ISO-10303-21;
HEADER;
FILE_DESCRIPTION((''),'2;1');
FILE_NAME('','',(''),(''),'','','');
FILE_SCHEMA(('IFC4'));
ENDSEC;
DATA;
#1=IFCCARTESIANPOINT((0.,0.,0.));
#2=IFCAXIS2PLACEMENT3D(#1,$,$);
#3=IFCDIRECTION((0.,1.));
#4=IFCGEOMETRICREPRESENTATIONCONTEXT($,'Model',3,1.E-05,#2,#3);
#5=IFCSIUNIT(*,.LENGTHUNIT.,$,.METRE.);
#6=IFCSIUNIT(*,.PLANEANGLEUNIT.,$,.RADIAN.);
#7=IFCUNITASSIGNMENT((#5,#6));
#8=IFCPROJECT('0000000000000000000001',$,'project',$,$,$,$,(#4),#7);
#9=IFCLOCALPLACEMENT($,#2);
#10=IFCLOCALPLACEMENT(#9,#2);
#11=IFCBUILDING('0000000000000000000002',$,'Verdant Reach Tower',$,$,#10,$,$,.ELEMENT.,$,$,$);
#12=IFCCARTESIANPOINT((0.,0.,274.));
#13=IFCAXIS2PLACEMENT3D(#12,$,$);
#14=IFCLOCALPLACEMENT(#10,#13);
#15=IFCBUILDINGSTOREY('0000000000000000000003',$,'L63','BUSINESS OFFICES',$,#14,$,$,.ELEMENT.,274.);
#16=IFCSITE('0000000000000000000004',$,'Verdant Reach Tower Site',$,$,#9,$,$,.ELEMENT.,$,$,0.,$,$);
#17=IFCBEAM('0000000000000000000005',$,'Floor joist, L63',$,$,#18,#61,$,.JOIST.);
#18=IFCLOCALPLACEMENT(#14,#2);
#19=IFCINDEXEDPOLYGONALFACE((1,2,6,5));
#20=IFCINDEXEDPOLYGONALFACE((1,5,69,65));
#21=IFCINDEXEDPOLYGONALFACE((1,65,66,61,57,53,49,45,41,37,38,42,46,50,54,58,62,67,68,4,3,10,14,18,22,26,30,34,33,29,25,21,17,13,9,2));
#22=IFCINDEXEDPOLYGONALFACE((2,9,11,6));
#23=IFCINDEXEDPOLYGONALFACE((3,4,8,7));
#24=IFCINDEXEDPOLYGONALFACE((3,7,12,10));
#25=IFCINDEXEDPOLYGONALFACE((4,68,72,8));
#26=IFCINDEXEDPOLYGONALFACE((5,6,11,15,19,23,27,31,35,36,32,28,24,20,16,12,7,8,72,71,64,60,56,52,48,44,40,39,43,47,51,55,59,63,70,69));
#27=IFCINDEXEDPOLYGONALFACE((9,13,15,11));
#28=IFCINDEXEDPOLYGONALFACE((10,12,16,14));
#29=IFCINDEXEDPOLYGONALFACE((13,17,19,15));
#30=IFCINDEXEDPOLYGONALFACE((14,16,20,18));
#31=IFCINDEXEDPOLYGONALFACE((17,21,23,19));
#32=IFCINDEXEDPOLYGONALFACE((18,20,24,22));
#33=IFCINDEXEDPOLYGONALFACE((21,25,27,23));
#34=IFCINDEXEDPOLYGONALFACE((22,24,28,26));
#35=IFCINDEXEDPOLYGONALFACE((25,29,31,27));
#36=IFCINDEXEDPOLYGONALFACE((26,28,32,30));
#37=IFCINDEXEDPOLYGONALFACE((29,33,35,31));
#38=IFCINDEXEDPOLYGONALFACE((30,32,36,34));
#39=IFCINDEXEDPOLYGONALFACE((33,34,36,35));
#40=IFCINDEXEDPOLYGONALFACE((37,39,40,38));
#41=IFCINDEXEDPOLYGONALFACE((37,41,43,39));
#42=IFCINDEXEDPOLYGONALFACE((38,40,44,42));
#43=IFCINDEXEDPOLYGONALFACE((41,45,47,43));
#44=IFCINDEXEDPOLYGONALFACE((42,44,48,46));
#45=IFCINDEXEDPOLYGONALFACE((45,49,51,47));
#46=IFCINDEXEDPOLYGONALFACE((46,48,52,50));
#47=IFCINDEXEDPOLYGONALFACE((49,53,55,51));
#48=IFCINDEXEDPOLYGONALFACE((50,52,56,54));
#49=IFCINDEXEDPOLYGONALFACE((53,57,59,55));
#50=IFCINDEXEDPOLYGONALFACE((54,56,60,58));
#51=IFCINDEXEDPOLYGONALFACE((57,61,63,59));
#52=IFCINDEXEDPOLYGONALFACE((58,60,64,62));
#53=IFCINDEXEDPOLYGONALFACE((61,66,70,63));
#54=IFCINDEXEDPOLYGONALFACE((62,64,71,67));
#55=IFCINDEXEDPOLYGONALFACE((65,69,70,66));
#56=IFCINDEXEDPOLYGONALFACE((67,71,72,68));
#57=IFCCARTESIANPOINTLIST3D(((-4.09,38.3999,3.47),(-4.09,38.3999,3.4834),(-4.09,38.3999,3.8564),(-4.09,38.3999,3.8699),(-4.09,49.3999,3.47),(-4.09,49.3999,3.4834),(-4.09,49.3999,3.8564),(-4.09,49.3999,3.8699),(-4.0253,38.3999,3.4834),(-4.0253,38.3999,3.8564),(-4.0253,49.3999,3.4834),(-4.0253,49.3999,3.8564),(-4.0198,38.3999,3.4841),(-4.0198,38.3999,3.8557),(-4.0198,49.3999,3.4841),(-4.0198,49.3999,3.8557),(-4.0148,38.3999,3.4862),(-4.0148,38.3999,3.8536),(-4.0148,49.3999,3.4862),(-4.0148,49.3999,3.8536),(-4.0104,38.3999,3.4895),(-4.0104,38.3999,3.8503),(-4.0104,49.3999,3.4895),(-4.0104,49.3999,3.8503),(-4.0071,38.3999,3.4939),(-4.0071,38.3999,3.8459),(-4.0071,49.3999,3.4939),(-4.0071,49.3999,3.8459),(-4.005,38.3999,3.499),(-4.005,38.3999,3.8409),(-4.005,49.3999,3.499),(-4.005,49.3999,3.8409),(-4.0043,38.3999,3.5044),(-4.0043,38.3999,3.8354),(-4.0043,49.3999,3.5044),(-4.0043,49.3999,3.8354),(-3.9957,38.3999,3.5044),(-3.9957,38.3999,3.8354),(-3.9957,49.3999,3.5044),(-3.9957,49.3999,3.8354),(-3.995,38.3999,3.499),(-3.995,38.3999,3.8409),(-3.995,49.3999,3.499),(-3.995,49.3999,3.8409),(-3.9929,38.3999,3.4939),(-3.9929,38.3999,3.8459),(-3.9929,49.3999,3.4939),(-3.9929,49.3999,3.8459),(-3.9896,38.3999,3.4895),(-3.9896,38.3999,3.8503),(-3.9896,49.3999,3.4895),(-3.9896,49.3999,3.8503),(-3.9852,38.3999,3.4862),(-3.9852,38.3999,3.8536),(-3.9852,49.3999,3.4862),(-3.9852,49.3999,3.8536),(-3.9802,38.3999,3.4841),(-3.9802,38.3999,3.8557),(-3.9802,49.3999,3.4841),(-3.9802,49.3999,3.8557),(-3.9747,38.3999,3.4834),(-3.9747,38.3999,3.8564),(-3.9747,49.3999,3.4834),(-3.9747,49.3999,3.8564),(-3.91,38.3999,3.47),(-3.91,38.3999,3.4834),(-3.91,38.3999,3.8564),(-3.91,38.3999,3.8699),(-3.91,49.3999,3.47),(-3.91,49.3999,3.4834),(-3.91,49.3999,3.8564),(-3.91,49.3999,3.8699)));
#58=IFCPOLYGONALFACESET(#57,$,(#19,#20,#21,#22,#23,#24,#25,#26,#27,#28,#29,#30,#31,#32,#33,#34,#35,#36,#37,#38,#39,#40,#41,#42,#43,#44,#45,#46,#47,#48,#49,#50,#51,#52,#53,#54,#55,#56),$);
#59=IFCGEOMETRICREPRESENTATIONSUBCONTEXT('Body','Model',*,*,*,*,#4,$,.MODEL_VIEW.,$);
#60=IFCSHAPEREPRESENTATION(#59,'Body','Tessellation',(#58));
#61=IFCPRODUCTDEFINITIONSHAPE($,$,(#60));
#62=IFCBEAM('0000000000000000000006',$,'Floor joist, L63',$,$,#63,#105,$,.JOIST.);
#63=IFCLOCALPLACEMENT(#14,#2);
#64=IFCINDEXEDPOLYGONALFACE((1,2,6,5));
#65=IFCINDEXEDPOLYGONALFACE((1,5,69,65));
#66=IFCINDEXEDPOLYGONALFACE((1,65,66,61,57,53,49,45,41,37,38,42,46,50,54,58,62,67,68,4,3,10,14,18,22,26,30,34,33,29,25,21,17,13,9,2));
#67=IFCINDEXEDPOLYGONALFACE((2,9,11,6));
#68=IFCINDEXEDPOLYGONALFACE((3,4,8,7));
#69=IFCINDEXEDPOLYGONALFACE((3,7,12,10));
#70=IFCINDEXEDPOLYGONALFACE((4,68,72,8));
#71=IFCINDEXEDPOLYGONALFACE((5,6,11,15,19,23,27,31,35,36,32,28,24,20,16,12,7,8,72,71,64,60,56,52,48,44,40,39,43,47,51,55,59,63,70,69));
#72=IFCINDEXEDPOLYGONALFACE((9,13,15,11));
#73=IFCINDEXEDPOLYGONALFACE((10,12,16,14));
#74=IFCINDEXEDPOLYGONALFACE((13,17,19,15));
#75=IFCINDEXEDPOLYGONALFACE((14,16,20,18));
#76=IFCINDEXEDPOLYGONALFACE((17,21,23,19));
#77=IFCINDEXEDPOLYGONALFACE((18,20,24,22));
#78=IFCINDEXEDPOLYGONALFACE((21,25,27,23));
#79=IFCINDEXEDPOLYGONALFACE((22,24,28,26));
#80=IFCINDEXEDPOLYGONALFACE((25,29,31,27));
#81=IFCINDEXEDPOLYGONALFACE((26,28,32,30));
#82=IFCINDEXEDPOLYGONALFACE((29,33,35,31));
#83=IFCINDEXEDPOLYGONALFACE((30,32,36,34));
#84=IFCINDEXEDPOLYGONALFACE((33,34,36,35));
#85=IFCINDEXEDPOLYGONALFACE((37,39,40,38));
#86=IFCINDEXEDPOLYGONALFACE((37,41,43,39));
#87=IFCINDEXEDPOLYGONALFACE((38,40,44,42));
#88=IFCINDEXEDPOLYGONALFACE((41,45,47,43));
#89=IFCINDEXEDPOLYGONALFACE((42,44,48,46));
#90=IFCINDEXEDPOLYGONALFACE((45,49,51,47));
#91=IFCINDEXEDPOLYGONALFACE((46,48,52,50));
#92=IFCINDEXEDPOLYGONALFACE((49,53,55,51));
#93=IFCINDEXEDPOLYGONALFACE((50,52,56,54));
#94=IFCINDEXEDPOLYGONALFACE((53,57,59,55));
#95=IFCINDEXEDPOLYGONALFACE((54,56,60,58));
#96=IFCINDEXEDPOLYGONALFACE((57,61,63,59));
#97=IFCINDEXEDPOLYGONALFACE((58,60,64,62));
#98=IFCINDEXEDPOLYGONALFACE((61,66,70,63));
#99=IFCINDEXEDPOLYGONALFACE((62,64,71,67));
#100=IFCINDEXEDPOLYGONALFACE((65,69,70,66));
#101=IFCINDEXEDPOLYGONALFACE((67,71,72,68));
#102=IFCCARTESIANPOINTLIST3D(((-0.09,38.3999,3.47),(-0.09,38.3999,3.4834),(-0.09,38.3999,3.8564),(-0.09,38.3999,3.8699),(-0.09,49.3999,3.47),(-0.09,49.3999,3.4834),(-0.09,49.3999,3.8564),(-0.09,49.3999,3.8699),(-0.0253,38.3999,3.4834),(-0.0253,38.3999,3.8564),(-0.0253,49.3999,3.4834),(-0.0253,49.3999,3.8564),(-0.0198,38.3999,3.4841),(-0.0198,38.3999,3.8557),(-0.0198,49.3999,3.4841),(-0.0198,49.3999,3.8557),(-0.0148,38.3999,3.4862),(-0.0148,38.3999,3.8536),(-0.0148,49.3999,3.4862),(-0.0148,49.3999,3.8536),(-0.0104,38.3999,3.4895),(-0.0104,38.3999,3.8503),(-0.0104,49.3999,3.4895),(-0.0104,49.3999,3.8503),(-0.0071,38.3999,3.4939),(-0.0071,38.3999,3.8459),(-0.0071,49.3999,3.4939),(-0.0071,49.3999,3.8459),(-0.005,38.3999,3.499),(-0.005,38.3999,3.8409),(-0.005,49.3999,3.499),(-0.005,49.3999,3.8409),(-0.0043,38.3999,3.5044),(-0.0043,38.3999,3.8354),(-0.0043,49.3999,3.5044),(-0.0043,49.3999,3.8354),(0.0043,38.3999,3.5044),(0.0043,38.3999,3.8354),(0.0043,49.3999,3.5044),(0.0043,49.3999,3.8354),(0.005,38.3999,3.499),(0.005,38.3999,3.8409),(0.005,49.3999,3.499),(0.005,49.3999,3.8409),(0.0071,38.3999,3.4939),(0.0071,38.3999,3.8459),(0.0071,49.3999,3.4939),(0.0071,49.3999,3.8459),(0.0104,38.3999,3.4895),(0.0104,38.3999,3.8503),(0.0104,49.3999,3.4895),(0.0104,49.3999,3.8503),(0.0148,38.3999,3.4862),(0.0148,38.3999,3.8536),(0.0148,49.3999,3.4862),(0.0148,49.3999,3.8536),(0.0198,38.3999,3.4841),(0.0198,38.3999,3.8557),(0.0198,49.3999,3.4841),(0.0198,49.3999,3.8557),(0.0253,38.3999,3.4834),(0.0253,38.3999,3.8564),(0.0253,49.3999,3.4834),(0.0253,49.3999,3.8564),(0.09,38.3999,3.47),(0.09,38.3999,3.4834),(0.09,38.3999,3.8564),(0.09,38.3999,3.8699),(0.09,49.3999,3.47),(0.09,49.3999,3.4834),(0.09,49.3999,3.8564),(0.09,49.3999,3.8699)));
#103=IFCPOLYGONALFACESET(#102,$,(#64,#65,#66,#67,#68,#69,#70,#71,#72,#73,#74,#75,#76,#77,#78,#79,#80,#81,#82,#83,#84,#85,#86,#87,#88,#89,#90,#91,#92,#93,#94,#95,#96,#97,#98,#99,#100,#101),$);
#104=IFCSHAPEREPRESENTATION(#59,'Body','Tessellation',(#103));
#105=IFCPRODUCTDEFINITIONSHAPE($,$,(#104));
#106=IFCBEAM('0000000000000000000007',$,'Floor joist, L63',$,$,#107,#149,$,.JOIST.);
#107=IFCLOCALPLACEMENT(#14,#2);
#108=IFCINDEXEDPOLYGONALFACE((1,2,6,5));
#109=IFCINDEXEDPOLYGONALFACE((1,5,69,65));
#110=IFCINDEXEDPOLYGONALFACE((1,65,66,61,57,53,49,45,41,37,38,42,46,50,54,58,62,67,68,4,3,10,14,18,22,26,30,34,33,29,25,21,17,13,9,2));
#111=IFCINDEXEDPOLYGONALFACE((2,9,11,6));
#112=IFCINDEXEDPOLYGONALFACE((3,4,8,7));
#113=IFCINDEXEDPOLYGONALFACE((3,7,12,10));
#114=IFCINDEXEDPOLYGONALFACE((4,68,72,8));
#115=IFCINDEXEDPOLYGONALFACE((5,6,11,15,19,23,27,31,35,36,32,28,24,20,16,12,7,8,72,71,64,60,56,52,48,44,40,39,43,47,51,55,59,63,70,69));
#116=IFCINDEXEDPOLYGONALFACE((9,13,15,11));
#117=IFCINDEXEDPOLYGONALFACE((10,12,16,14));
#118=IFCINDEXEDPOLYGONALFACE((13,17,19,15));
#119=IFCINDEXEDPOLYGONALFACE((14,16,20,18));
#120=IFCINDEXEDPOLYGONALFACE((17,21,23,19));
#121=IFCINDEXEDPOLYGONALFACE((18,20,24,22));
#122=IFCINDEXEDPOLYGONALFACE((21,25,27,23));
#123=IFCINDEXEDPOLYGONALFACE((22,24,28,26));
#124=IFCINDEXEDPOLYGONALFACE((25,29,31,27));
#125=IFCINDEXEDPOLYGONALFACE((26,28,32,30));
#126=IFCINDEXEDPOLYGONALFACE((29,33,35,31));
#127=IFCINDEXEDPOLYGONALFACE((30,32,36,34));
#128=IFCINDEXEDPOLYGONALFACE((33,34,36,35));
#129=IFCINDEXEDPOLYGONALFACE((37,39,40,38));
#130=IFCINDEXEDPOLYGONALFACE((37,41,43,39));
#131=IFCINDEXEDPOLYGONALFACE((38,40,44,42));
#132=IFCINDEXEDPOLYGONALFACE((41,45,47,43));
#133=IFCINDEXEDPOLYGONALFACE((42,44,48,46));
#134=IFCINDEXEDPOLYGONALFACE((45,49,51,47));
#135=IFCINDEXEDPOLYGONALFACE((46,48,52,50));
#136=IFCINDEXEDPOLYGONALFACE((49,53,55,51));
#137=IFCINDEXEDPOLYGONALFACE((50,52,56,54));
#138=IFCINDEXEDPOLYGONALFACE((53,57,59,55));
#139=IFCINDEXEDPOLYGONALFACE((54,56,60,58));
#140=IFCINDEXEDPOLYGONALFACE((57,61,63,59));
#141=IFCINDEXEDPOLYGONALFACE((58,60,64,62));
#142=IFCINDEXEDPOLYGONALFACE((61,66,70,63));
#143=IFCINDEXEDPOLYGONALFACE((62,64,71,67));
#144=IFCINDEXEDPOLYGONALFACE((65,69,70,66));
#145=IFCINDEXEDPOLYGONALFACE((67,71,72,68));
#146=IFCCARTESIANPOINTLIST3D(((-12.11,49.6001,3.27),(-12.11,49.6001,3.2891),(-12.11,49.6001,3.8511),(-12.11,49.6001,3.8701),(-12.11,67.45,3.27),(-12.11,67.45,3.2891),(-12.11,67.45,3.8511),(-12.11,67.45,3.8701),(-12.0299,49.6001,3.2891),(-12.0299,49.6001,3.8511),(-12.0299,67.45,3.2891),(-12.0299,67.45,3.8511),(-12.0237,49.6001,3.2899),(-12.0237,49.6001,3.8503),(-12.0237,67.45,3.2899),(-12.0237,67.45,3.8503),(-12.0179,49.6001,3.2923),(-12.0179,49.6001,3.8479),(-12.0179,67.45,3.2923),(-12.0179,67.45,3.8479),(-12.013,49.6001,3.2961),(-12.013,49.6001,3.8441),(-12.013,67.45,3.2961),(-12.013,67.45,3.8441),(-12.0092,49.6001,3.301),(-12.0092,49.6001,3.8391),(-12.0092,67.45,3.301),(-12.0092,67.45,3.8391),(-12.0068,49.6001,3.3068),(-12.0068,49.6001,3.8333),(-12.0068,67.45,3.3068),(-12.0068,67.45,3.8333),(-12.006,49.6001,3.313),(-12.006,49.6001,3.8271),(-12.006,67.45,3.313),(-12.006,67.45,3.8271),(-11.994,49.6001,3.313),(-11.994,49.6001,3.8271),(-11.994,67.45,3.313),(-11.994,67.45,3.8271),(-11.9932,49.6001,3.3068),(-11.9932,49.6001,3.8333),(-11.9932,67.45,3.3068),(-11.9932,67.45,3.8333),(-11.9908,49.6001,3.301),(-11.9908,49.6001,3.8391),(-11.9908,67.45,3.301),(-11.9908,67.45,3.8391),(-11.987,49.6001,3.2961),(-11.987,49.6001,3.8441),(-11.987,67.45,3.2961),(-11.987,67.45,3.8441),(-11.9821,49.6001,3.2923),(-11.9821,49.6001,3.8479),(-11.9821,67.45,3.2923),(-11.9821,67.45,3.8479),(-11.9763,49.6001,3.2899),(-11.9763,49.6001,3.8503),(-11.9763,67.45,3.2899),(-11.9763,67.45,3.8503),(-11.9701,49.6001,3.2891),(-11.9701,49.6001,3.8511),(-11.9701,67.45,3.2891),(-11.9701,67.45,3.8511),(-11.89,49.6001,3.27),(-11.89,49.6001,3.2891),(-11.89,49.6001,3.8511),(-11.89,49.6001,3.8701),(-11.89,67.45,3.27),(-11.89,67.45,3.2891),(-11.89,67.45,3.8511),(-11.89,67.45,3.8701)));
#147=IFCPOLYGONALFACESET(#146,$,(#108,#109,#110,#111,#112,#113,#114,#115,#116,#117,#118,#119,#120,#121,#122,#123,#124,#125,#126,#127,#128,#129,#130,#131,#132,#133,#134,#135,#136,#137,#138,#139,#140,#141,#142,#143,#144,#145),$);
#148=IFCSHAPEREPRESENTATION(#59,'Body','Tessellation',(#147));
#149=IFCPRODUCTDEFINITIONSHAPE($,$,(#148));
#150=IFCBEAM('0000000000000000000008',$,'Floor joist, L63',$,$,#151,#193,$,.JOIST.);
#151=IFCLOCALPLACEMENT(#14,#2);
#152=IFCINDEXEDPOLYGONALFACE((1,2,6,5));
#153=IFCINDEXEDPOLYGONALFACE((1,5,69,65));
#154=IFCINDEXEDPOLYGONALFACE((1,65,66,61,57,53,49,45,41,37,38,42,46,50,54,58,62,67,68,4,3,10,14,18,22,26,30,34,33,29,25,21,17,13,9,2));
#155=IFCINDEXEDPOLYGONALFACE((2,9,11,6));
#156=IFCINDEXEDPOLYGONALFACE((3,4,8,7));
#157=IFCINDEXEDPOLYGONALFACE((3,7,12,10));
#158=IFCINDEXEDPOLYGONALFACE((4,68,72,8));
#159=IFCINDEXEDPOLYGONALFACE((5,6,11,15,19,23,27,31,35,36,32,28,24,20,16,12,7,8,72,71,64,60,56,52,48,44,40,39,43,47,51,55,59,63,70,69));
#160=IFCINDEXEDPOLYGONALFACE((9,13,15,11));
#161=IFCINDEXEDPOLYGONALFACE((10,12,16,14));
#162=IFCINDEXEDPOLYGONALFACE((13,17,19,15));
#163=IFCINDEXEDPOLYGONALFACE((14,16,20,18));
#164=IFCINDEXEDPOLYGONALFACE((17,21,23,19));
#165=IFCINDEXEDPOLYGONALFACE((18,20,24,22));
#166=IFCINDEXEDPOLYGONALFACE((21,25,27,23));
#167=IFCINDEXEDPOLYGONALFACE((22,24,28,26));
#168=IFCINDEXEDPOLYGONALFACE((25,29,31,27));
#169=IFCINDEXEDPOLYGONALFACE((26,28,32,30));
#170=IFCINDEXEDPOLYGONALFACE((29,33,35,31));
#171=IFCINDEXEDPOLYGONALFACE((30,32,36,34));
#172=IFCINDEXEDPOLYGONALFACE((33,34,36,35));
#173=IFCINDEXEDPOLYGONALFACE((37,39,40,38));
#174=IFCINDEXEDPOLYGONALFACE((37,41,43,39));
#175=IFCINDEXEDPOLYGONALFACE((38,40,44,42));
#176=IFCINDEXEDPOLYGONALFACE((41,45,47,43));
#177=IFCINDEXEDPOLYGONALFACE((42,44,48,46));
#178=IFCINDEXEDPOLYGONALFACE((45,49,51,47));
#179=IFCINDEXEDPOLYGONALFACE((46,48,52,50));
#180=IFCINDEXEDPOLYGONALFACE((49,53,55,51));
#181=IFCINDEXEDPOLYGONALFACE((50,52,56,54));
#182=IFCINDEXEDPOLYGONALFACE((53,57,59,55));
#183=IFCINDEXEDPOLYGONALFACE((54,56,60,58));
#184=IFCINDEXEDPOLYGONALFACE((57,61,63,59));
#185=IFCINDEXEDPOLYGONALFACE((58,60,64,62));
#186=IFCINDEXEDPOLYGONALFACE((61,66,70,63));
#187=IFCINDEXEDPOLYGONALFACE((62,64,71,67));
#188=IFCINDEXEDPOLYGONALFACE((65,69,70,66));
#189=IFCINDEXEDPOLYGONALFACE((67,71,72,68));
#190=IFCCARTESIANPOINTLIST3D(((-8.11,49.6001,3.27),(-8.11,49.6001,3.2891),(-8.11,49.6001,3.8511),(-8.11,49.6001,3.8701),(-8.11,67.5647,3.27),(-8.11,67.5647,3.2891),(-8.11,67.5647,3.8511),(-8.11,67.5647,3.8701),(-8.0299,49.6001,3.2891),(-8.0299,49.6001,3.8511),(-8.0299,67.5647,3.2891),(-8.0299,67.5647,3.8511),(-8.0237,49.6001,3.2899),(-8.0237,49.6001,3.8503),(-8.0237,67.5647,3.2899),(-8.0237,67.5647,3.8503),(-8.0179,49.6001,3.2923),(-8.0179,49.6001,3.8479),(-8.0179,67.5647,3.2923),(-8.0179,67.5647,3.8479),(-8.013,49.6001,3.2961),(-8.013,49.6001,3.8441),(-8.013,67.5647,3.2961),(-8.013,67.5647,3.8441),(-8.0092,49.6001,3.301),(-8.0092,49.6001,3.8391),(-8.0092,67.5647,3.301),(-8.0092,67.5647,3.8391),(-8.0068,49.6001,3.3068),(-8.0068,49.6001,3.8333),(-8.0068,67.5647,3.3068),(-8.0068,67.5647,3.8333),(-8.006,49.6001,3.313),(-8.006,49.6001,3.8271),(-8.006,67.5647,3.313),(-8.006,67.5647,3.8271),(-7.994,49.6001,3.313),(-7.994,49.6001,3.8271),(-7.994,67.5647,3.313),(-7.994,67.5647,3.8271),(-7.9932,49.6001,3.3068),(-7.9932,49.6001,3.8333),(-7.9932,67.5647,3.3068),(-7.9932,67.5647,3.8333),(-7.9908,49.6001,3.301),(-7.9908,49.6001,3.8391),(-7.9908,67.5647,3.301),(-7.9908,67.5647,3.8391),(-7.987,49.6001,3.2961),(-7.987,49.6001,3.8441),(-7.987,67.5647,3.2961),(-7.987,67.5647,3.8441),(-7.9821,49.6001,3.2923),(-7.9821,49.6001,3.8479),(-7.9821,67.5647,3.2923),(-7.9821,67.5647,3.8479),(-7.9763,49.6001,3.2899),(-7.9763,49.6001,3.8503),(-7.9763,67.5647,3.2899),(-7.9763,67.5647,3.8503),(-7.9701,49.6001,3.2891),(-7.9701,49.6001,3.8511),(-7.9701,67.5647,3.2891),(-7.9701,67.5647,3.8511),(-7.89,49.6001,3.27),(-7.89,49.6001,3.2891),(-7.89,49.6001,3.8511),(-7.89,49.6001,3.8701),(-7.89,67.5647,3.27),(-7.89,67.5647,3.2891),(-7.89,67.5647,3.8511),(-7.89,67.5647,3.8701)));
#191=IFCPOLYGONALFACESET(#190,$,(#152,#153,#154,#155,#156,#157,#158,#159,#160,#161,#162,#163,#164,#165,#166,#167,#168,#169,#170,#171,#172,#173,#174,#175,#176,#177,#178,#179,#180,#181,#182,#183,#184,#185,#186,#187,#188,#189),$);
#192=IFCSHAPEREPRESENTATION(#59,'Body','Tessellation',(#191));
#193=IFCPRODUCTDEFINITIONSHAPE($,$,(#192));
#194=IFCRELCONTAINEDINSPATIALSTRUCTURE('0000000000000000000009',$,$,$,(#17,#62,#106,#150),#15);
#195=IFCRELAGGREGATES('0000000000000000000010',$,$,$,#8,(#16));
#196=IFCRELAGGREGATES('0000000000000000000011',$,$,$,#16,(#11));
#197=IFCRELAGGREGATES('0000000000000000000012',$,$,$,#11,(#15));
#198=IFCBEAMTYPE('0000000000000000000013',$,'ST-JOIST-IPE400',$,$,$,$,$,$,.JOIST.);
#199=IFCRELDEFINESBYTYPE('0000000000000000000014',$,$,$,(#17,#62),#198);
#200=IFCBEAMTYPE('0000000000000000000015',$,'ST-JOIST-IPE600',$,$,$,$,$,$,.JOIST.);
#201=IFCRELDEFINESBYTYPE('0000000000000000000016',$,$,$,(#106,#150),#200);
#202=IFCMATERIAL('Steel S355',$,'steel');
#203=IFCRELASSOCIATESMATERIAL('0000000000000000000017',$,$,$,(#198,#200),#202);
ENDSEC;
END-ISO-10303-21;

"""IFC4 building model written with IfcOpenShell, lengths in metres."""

from ifc_helpers import new_model, si_unit, direction, frame, origin, origin_2d, place, context, subcontext, project, spatial, i_section, extrude, material, material_profile, profile_set, type_object, element, save


model = new_model("IFC4")

# Units and contexts
model_context = context("Model", 3, precision=1e-05, world=origin(), true_north=direction((0.0, 1.0)))
body_context = subcontext(model_context, "Body", "Model", "MODEL_VIEW")
ifc_project = project(units=[si_unit("LENGTHUNIT", "METRE"), si_unit("PLANEANGLEUNIT", "RADIAN")], contexts=[model_context])

# Site, building, storey
site_placement = place(None, origin())
site = spatial("IfcSite", under=ifc_project, at=site_placement, Name="Verdant Reach Tower Site", CompositionType="ELEMENT", RefElevation=0.0)
building_placement = place(site_placement, origin())
building = spatial("IfcBuilding", under=site, at=building_placement, Name="Verdant Reach Tower", CompositionType="ELEMENT")
storey_placement = place(building_placement, frame((0.0, 0.0, 274.0)))
storey = spatial("IfcBuildingStorey", under=building, at=storey_placement, Name="L63", Description="BUSINESS OFFICES", CompositionType="ELEMENT", Elevation=274.0)

# Beams
ifc_material_1 = material(Name="Steel S355", Category="steel")
ifc_material_profile_1 = material_profile(ifc_material_1, i_section(OverallWidth=0.1799, OverallDepth=0.3999, WebThickness=0.0085, FlangeThickness=0.0134, FilletRadius=0.021, at=origin_2d()), Name="IPE 400")
ifc_profile_set_1 = profile_set([ifc_material_profile_1], Name="Steel S355")
beam_type_1 = type_object("IfcBeamType", Name="ST-JOIST-IPE400", PredefinedType="JOIST", material=ifc_profile_set_1)
for number, where, z_axis, x_axis, name in (
    (1, (-4.0, 38.3999, 3.6699), (0.0, 1.0, 0.0), (-1.0, 0.0, 0.0), "Floor joist, L63"),
    (2, (0.0, 38.3999, 3.6699), (0.0, 1.0, 0.0), (-1.0, 0.0, 0.0), "Floor joist, L63"),
):
    element("IfcBeam", number, at=place(storey_placement, frame(where, z_axis=z_axis, x_axis=x_axis)), inside=storey, type_object=beam_type_1, Name=name, PredefinedType="JOIST", context=body_context, shape_type="SweptSolid", body=[
        extrude(i_section(OverallWidth=0.1799, OverallDepth=0.3999, WebThickness=0.0085, FlangeThickness=0.0134, FilletRadius=0.021, at=origin_2d()), origin(), (0.0, 0.0, 1.0), 11.0),
    ])
ifc_material_profile_2 = material_profile(ifc_material_1, i_section(OverallWidth=0.22, OverallDepth=0.6001, WebThickness=0.012, FlangeThickness=0.019, FilletRadius=0.0239, at=origin_2d()), Name="IPE 600")
ifc_profile_set_2 = profile_set([ifc_material_profile_2], Name="Steel S355")
beam_type_2 = type_object("IfcBeamType", Name="ST-JOIST-IPE600", PredefinedType="JOIST", material=ifc_profile_set_2)
beam_1_placement = place(storey_placement, frame((-12.0, 49.6001, 3.5701), z_axis=(0.0, 1.0, 0.0), x_axis=(-1.0, 0.0, 0.0)))
element("IfcBeam", 3, at=beam_1_placement, inside=storey, type_object=beam_type_2, Name="Floor joist, L63", PredefinedType="JOIST", context=body_context, shape_type="SweptSolid", body=[
    extrude(i_section(OverallWidth=0.22, OverallDepth=0.6001, WebThickness=0.012, FlangeThickness=0.019, FilletRadius=0.0239, at=origin_2d()), origin(), (0.0, 0.0, 1.0), 17.8499),
])
beam_2_placement = place(storey_placement, frame((-8.0, 49.6001, 3.5701), z_axis=(0.0, 1.0, 0.0), x_axis=(-1.0, 0.0, 0.0)))
element("IfcBeam", 4, at=beam_2_placement, inside=storey, type_object=beam_type_2, Name="Floor joist, L63", PredefinedType="JOIST", context=body_context, shape_type="SweptSolid", body=[
    extrude(i_section(OverallWidth=0.22, OverallDepth=0.6001, WebThickness=0.012, FlangeThickness=0.019, FilletRadius=0.0239, at=origin_2d()), origin(), (0.0, 0.0, 1.0), 17.9646),
])

save(model, "model.ifc")
